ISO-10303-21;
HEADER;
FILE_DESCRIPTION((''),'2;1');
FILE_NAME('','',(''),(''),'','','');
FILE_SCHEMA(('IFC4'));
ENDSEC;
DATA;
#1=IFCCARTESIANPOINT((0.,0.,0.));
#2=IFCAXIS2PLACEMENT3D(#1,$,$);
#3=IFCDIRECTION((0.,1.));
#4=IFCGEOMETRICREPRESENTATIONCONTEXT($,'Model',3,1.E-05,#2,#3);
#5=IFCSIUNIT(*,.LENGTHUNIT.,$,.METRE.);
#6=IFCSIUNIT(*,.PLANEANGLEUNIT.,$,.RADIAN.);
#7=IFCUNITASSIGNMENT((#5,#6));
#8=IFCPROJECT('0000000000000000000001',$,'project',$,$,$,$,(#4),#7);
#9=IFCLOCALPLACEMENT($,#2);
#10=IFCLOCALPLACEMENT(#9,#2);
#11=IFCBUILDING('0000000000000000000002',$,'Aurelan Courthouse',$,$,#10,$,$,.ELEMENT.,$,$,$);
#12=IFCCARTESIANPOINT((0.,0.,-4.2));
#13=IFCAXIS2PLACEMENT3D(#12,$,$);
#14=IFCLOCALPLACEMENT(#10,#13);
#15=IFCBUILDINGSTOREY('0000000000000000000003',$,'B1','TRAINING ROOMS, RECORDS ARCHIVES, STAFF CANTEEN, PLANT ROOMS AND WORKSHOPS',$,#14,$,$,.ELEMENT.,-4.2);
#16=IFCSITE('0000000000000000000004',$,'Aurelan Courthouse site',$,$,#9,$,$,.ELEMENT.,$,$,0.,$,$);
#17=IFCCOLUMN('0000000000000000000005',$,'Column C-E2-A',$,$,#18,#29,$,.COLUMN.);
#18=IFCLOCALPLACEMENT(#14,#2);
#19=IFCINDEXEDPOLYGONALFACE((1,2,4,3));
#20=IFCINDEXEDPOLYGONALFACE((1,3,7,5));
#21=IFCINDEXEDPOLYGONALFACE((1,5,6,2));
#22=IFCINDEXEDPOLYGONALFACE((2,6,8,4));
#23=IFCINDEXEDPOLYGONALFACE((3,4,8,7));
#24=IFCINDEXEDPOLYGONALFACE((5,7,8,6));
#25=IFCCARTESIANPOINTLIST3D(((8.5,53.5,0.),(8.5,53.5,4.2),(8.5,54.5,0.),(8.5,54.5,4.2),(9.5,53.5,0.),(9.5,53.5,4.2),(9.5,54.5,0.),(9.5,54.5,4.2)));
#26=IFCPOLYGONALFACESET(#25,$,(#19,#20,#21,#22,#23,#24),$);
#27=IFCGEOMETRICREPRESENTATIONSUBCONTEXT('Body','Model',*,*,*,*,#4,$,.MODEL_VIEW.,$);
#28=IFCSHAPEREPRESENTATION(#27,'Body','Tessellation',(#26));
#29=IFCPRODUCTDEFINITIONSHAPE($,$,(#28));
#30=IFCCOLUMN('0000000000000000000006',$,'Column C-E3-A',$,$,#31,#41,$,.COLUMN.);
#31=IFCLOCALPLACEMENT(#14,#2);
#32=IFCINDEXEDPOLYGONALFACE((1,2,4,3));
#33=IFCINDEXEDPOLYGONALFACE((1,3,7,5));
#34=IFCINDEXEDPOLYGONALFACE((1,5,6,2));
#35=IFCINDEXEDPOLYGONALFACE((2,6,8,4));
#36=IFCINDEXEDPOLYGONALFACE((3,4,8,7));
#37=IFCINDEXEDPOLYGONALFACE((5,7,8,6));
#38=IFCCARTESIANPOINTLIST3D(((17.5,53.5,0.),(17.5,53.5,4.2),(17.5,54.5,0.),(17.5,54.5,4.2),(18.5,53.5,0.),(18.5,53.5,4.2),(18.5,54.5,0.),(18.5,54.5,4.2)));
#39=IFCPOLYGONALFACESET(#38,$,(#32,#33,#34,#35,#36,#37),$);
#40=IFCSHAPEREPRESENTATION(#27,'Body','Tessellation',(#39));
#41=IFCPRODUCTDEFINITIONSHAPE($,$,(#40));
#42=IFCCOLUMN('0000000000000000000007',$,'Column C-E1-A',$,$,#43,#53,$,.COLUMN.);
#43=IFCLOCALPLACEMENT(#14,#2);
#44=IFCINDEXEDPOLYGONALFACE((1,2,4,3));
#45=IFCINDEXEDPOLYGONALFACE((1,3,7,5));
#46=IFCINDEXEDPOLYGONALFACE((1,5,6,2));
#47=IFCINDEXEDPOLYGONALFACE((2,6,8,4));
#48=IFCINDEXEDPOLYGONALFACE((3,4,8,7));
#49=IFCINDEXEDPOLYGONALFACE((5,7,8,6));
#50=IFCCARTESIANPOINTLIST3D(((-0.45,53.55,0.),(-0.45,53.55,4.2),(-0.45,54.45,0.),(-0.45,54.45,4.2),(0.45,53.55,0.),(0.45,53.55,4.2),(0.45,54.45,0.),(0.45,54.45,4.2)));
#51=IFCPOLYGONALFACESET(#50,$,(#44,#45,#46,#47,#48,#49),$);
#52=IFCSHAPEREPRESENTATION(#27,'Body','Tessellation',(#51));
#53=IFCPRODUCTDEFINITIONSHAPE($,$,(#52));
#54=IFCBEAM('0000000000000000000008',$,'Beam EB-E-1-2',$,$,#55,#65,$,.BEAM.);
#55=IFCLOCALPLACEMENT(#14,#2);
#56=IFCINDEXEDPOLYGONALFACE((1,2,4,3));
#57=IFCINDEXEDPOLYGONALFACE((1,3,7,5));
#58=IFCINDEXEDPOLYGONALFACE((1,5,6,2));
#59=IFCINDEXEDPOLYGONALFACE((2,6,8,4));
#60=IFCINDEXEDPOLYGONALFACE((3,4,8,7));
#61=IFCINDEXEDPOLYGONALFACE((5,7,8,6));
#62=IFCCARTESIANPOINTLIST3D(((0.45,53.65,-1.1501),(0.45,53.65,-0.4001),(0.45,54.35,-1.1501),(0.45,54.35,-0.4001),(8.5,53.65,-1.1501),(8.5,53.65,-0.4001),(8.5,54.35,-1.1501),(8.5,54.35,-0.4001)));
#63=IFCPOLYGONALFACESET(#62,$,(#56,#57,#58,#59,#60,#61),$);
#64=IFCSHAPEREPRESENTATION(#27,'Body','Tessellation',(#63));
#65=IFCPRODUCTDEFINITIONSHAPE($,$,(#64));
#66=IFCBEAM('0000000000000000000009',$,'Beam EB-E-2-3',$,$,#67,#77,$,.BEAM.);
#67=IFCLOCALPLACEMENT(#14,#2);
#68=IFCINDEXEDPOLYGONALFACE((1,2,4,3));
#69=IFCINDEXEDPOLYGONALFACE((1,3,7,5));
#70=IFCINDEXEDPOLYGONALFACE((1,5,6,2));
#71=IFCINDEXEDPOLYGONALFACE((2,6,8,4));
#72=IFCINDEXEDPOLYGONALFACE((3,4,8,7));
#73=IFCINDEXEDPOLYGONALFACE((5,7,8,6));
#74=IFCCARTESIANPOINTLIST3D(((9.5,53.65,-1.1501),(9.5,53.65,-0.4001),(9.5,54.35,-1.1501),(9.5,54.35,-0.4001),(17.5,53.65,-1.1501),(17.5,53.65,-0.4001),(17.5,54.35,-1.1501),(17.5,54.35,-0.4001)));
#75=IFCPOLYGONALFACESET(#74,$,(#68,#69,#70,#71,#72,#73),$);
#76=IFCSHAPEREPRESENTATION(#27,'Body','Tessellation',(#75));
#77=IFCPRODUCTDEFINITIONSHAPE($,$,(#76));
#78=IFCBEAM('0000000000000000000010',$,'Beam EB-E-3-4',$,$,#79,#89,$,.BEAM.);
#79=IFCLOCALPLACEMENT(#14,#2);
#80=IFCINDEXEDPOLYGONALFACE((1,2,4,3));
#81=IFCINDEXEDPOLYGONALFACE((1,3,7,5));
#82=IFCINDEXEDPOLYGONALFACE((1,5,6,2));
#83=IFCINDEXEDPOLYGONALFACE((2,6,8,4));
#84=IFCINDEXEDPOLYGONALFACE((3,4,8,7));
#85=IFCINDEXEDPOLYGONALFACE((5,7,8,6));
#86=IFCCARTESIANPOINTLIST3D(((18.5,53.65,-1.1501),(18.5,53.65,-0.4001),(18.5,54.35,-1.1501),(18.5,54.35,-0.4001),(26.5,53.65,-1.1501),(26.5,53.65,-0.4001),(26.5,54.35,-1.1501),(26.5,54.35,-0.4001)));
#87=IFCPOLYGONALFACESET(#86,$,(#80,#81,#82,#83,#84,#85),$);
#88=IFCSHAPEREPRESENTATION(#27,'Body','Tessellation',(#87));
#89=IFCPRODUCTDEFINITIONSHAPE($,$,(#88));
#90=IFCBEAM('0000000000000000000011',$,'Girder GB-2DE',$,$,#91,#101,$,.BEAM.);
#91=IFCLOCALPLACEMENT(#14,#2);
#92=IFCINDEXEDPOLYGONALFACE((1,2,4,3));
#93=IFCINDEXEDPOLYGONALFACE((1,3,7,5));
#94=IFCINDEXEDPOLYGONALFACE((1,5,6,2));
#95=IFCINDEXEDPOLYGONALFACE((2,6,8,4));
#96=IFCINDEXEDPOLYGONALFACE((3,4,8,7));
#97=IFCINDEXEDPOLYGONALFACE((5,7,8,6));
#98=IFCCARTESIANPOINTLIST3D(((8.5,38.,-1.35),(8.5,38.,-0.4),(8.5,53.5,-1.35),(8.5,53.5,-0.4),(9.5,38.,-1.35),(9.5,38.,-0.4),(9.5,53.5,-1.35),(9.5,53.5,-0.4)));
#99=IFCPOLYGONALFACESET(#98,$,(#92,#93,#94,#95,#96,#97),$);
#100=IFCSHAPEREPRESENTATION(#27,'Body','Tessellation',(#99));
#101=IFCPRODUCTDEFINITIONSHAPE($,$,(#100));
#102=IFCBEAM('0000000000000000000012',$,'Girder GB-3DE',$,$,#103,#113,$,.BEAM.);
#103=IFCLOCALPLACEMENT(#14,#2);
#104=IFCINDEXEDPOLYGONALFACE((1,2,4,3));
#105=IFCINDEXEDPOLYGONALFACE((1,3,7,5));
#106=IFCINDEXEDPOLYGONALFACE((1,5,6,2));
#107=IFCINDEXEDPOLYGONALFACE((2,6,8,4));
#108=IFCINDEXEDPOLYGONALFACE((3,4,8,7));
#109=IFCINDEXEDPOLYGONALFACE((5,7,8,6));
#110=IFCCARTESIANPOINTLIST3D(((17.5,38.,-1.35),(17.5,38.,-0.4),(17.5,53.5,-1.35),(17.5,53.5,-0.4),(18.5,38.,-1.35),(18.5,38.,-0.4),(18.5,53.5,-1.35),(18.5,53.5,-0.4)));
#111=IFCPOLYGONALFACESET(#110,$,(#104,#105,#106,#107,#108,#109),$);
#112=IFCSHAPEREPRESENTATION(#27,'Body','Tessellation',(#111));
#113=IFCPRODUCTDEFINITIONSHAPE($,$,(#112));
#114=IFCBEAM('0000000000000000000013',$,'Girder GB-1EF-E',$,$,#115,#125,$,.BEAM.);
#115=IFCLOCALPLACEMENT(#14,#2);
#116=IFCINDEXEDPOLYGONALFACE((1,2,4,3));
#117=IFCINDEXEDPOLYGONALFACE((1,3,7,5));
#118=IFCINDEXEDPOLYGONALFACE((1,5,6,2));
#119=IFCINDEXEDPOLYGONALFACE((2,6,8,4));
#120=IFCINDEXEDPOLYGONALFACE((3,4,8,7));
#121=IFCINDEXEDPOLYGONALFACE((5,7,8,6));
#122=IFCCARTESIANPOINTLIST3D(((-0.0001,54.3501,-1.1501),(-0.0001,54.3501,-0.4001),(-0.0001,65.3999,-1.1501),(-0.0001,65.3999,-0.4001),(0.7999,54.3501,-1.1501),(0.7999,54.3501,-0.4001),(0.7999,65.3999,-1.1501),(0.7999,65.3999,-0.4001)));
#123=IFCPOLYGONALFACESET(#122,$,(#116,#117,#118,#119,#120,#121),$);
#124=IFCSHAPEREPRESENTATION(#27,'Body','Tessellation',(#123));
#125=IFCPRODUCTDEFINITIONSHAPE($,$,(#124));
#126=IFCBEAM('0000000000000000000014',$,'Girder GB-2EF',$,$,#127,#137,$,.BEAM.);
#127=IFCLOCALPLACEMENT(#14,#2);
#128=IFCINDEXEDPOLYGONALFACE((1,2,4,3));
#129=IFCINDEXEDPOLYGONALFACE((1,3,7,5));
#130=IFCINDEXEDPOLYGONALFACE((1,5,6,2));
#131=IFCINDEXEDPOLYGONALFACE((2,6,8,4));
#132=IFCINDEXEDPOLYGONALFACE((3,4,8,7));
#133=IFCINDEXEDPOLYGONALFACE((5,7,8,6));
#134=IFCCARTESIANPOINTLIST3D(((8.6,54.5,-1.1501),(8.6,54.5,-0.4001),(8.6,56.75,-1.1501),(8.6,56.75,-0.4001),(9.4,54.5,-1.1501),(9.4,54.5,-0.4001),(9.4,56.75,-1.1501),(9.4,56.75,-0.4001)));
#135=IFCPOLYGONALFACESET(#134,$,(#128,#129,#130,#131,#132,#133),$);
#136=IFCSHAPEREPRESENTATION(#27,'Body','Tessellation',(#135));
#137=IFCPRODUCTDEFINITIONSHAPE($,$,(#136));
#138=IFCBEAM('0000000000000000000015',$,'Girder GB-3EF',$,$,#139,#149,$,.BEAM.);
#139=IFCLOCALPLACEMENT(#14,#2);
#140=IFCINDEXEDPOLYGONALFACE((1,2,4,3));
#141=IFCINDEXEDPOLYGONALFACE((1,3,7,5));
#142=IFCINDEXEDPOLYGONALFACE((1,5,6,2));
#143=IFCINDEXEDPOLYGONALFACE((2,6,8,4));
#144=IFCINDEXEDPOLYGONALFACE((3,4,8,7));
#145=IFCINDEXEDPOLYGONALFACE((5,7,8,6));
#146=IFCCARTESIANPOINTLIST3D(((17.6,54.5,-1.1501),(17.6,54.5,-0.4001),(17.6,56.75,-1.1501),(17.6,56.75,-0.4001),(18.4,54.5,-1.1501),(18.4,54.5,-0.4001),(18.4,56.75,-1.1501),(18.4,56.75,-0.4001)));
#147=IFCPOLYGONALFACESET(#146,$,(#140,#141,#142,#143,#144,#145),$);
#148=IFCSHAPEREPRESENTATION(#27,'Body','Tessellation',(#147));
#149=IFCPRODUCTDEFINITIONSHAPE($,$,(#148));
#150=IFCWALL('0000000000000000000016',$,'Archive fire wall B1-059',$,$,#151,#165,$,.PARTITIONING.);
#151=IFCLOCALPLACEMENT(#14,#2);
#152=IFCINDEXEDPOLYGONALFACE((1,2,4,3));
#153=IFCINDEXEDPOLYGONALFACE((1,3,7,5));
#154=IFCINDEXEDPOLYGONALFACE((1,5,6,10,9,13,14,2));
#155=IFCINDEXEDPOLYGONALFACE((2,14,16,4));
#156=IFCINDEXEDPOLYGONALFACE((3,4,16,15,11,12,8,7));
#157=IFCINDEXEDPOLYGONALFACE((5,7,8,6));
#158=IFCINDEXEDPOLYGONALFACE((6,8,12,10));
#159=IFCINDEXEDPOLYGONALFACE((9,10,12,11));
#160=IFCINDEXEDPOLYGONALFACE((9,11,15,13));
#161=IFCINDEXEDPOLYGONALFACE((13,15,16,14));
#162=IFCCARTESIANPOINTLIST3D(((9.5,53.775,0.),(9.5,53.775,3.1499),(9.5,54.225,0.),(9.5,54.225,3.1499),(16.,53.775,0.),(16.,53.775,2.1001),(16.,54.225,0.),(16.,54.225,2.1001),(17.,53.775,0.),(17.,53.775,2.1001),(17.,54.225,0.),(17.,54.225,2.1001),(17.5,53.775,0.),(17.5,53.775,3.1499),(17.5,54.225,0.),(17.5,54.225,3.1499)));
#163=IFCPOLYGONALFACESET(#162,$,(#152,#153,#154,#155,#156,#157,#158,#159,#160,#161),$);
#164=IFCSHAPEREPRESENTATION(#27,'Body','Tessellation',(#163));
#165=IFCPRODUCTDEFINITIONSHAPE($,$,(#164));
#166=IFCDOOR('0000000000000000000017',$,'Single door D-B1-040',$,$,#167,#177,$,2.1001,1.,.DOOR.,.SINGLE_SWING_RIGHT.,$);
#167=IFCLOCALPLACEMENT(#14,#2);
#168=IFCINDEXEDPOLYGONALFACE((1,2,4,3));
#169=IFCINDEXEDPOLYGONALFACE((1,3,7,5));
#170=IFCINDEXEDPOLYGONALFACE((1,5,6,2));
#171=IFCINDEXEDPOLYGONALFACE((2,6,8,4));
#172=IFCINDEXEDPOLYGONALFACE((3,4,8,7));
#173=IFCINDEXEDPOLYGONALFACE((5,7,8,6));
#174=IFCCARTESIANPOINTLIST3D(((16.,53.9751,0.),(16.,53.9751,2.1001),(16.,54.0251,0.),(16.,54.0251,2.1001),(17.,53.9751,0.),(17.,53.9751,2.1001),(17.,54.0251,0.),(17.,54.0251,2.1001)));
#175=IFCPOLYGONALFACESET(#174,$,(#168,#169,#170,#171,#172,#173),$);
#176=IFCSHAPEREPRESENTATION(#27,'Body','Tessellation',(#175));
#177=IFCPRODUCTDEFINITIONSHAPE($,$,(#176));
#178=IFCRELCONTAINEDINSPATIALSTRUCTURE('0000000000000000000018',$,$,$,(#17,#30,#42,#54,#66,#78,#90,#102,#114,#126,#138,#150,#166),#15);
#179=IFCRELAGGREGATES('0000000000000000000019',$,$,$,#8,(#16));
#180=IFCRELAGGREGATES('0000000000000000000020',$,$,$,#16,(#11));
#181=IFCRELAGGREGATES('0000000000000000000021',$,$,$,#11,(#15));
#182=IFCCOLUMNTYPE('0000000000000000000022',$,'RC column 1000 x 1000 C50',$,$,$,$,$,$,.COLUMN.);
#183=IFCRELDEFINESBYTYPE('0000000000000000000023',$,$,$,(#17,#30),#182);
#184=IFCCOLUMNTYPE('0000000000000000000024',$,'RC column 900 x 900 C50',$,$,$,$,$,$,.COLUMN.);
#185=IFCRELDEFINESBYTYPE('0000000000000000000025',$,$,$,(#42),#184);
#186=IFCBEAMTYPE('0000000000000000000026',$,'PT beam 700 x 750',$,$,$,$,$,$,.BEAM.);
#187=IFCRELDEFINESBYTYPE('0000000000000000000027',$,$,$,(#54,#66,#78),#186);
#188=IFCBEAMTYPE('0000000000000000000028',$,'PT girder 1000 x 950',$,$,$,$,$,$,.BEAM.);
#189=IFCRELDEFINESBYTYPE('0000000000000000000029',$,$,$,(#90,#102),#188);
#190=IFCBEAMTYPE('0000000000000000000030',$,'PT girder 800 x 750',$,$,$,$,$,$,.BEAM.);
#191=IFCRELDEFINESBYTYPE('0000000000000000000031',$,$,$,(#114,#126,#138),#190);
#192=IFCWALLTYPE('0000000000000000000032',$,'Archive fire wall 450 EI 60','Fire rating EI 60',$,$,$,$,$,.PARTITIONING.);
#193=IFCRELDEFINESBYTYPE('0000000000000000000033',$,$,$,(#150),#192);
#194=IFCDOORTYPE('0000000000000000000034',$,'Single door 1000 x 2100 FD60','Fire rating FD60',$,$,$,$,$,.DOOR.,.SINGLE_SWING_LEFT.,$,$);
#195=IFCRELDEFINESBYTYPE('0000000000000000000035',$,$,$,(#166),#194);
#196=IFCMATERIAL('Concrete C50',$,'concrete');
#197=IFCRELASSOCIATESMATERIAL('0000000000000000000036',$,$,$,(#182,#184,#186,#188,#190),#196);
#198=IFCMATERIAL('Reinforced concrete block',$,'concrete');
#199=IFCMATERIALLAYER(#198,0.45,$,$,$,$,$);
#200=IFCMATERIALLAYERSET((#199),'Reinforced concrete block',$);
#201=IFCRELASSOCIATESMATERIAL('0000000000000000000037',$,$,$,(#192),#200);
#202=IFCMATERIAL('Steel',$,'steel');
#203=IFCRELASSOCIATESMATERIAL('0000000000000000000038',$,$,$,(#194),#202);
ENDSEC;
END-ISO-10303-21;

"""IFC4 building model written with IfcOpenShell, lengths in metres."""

from ifc_helpers import new_model, si_unit, direction, frame, frame_2d, origin, origin_2d, place, context, subcontext, project, spatial, rectangle, extrude, material, layer, layer_set, material_profile, profile_set, type_object, element, fill, save


model = new_model("IFC4")

# Units and contexts
model_context = context("Model", 3, precision=1e-05, world=origin(), true_north=direction((0.0, 1.0)))
body_context = subcontext(model_context, "Body", "Model", "MODEL_VIEW")
ifc_project = project(units=[si_unit("LENGTHUNIT", "METRE"), si_unit("PLANEANGLEUNIT", "RADIAN")], contexts=[model_context])

# Site, building, storey
site_placement = place(None, origin())
site = spatial("IfcSite", under=ifc_project, at=site_placement, Name="Aurelan Courthouse site", CompositionType="ELEMENT", RefElevation=0.0)
building_placement = place(site_placement, origin())
building = spatial("IfcBuilding", under=site, at=building_placement, Name="Aurelan Courthouse", CompositionType="ELEMENT")
storey_placement = place(building_placement, frame((0.0, 0.0, -4.2)))
storey = spatial("IfcBuildingStorey", under=building, at=storey_placement, Name="B1", Description="TRAINING ROOMS, RECORDS ARCHIVES, STAFF CANTEEN, PLANT ROOMS AND WORKSHOPS", CompositionType="ELEMENT", Elevation=-4.2)

# Columns
ifc_material_1 = material(Name="Concrete C50", Category="concrete")
ifc_material_profile_1 = material_profile(ifc_material_1, rectangle(XDim=1.0, YDim=1.0, at=origin_2d()), Name="RC 1000 x 1000")
ifc_profile_set_1 = profile_set([ifc_material_profile_1], Name="Concrete C50")
column_type_1 = type_object("IfcColumnType", Name="RC column 1000 x 1000 C50", PredefinedType="COLUMN", material=ifc_profile_set_1)
for number, where, z_axis, x_axis, name in (
    (1, (9.0, 54.0, 0.0), (0.0, 0.0, 1.0), (1.0, 0.0, 0.0), "Column C-E2-A"),
    (2, (18.0, 54.0, 0.0), (0.0, 0.0, 1.0), (1.0, 0.0, 0.0), "Column C-E3-A"),
):
    element("IfcColumn", number, at=place(storey_placement, frame(where, z_axis=z_axis, x_axis=x_axis)), inside=storey, type_object=column_type_1, Name=name, PredefinedType="COLUMN", context=body_context, shape_type="SweptSolid", body=[
        extrude(rectangle(XDim=1.0, YDim=1.0, at=origin_2d()), origin(), (0.0, 0.0, 1.0), 4.2),
    ])
ifc_material_profile_2 = material_profile(ifc_material_1, rectangle(XDim=0.8999, YDim=0.8999, at=origin_2d()), Name="RC 900 x 900")
ifc_profile_set_2 = profile_set([ifc_material_profile_2], Name="Concrete C50")
column_type_2 = type_object("IfcColumnType", Name="RC column 900 x 900 C50", PredefinedType="COLUMN", material=ifc_profile_set_2)
column_placement = place(storey_placement, frame((0.0, 54.0, 0.0), z_axis=(0.0, 0.0, 1.0), x_axis=(1.0, 0.0, 0.0)))
element("IfcColumn", 3, at=column_placement, inside=storey, type_object=column_type_2, Name="Column C-E1-A", PredefinedType="COLUMN", context=body_context, shape_type="SweptSolid", body=[
    extrude(rectangle(XDim=0.8999, YDim=0.8999, at=origin_2d()), origin(), (0.0, 0.0, 1.0), 4.2),
])

# Beams
ifc_material_profile_3 = material_profile(ifc_material_1, rectangle(XDim=0.7, YDim=0.75, at=origin_2d()), Name="RC 700 x 750")
ifc_profile_set_3 = profile_set([ifc_material_profile_3], Name="Concrete C50")
beam_type_1 = type_object("IfcBeamType", Name="PT beam 700 x 750", PredefinedType="BEAM", material=ifc_profile_set_3)
beam_1_placement = place(storey_placement, frame((0.45, 54.0, -0.7751), z_axis=(1.0, 0.0, 0.0), x_axis=(0.0, 1.0, 0.0)))
element("IfcBeam", 4, at=beam_1_placement, inside=storey, type_object=beam_type_1, Name="Beam EB-E-1-2", PredefinedType="BEAM", context=body_context, shape_type="SweptSolid", body=[
    extrude(rectangle(XDim=0.7, YDim=0.75, at=origin_2d()), origin(), (0.0, 0.0, 1.0), 8.05),
])
for number, where, z_axis, x_axis, name in (
    (5, (9.5, 54.0, -0.7751), (1.0, 0.0, 0.0), (0.0, 1.0, 0.0), "Beam EB-E-2-3"),
    (6, (18.5, 54.0, -0.7751), (1.0, 0.0, 0.0), (0.0, 1.0, 0.0), "Beam EB-E-3-4"),
):
    element("IfcBeam", number, at=place(storey_placement, frame(where, z_axis=z_axis, x_axis=x_axis)), inside=storey, type_object=beam_type_1, Name=name, PredefinedType="BEAM", context=body_context, shape_type="SweptSolid", body=[
        extrude(rectangle(XDim=0.7, YDim=0.75, at=origin_2d()), origin(), (0.0, 0.0, 1.0), 8.0),
    ])
ifc_material_profile_4 = material_profile(ifc_material_1, rectangle(XDim=1.0, YDim=0.95, at=origin_2d()), Name="RC 1000 x 950")
ifc_profile_set_4 = profile_set([ifc_material_profile_4], Name="Concrete C50")
beam_type_2 = type_object("IfcBeamType", Name="PT girder 1000 x 950", PredefinedType="BEAM", material=ifc_profile_set_4)
for number, where, z_axis, x_axis, name in (
    (7, (9.0, 38.0, -0.875), (0.0, 1.0, 0.0), (-1.0, 0.0, 0.0), "Girder GB-2DE"),
    (8, (18.0, 38.0, -0.875), (0.0, 1.0, 0.0), (-1.0, 0.0, 0.0), "Girder GB-3DE"),
):
    element("IfcBeam", number, at=place(storey_placement, frame(where, z_axis=z_axis, x_axis=x_axis)), inside=storey, type_object=beam_type_2, Name=name, PredefinedType="BEAM", context=body_context, shape_type="SweptSolid", body=[
        extrude(rectangle(XDim=1.0, YDim=0.95, at=origin_2d()), origin(), (0.0, 0.0, 1.0), 15.5),
    ])
ifc_material_profile_5 = material_profile(ifc_material_1, rectangle(XDim=0.8, YDim=0.75, at=origin_2d()), Name="RC 800 x 750")
ifc_profile_set_5 = profile_set([ifc_material_profile_5], Name="Concrete C50")
beam_type_3 = type_object("IfcBeamType", Name="PT girder 800 x 750", PredefinedType="BEAM", material=ifc_profile_set_5)
beam_2_placement = place(storey_placement, frame((0.3999, 54.3501, -0.7751), z_axis=(0.0, 1.0, 0.0), x_axis=(-1.0, 0.0, 0.0)))
element("IfcBeam", 9, at=beam_2_placement, inside=storey, type_object=beam_type_3, Name="Girder GB-1EF-E", PredefinedType="BEAM", context=body_context, shape_type="SweptSolid", body=[
    extrude(rectangle(XDim=0.8, YDim=0.75, at=origin_2d()), origin(), (0.0, 0.0, 1.0), 11.0498),
])
for number, where, z_axis, x_axis, name in (
    (10, (9.0, 54.5, -0.7751), (0.0, 1.0, 0.0), (-1.0, 0.0, 0.0), "Girder GB-2EF"),
    (11, (18.0, 54.5, -0.7751), (0.0, 1.0, 0.0), (-1.0, 0.0, 0.0), "Girder GB-3EF"),
):
    element("IfcBeam", number, at=place(storey_placement, frame(where, z_axis=z_axis, x_axis=x_axis)), inside=storey, type_object=beam_type_3, Name=name, PredefinedType="BEAM", context=body_context, shape_type="SweptSolid", body=[
        extrude(rectangle(XDim=0.8, YDim=0.75, at=origin_2d()), origin(), (0.0, 0.0, 1.0), 2.25),
    ])

# Wall, opening, door
ifc_material_2 = material(Name="Reinforced concrete block", Category="concrete")
ifc_layer_1 = layer(ifc_material_2, 0.45)
ifc_layer_set_1 = layer_set([ifc_layer_1], Name="Reinforced concrete block")
wall_type_1 = type_object("IfcWallType", Name="Archive fire wall 450 EI 60", Description="Fire rating EI 60", PredefinedType="PARTITIONING", material=ifc_layer_set_1)
ifc_material_3 = material(Name="Steel", Category="steel")
wall_1_placement = place(storey_placement, frame((9.5, 54.0, 0.0), z_axis=(0.0, 0.0, 1.0), x_axis=(1.0, 0.0, 0.0)))
wall_1 = element("IfcWall", 12, at=wall_1_placement, inside=storey, type_object=wall_type_1, Name="Archive fire wall B1-059", PredefinedType="PARTITIONING", context=body_context, shape_type="SweptSolid", body=[
    extrude(rectangle(XDim=8.0, YDim=0.45, at=frame_2d((4.0, 0.0))), origin(), (0.0, 0.0, 1.0), 3.1499),
])
opening_1_placement = place(wall_1_placement, frame((7.5, 0.0, 0.0), z_axis=(0.0, 0.0, 1.0), x_axis=(-1.0, 0.0, 0.0)))
opening_1 = element("IfcOpeningElement", 13, at=opening_1_placement, cuts=wall_1, PredefinedType="OPENING", context=body_context, shape_type="SweptSolid", body=[
    extrude(rectangle(XDim=1.0, YDim=2.1001, at=frame_2d((0.5, 1.05))), frame((0.0, 0.2349, 0.0), z_axis=(0.0, -1.0, 0.0), x_axis=(1.0, 0.0, 0.0)), (0.0, 0.0, 1.0), 0.47),
])
door_type_1 = type_object("IfcDoorType", Name="Single door 1000 x 2100 FD60", Description="Fire rating FD60", OperationType="SINGLE_SWING_LEFT", PredefinedType="DOOR", material=ifc_material_3)
door_1_placement = place(opening_1_placement, origin())
door_1 = element("IfcDoor", 14, at=door_1_placement, inside=storey, type_object=door_type_1, Name="Single door D-B1-040", OperationType="SINGLE_SWING_RIGHT", OverallHeight=2.1001, OverallWidth=1.0, PredefinedType="DOOR", context=body_context, shape_type="SweptSolid", body=[
    extrude(rectangle(XDim=1.0, YDim=2.1001, at=frame_2d((0.5, 1.05))), frame((0.0, 0.0249, 0.0), z_axis=(0.0, -1.0, 0.0), x_axis=(1.0, 0.0, 0.0)), (0.0, 0.0, 1.0), 0.05),
])
fill(opening_1, door_1)

save(model, "model.ifc")
